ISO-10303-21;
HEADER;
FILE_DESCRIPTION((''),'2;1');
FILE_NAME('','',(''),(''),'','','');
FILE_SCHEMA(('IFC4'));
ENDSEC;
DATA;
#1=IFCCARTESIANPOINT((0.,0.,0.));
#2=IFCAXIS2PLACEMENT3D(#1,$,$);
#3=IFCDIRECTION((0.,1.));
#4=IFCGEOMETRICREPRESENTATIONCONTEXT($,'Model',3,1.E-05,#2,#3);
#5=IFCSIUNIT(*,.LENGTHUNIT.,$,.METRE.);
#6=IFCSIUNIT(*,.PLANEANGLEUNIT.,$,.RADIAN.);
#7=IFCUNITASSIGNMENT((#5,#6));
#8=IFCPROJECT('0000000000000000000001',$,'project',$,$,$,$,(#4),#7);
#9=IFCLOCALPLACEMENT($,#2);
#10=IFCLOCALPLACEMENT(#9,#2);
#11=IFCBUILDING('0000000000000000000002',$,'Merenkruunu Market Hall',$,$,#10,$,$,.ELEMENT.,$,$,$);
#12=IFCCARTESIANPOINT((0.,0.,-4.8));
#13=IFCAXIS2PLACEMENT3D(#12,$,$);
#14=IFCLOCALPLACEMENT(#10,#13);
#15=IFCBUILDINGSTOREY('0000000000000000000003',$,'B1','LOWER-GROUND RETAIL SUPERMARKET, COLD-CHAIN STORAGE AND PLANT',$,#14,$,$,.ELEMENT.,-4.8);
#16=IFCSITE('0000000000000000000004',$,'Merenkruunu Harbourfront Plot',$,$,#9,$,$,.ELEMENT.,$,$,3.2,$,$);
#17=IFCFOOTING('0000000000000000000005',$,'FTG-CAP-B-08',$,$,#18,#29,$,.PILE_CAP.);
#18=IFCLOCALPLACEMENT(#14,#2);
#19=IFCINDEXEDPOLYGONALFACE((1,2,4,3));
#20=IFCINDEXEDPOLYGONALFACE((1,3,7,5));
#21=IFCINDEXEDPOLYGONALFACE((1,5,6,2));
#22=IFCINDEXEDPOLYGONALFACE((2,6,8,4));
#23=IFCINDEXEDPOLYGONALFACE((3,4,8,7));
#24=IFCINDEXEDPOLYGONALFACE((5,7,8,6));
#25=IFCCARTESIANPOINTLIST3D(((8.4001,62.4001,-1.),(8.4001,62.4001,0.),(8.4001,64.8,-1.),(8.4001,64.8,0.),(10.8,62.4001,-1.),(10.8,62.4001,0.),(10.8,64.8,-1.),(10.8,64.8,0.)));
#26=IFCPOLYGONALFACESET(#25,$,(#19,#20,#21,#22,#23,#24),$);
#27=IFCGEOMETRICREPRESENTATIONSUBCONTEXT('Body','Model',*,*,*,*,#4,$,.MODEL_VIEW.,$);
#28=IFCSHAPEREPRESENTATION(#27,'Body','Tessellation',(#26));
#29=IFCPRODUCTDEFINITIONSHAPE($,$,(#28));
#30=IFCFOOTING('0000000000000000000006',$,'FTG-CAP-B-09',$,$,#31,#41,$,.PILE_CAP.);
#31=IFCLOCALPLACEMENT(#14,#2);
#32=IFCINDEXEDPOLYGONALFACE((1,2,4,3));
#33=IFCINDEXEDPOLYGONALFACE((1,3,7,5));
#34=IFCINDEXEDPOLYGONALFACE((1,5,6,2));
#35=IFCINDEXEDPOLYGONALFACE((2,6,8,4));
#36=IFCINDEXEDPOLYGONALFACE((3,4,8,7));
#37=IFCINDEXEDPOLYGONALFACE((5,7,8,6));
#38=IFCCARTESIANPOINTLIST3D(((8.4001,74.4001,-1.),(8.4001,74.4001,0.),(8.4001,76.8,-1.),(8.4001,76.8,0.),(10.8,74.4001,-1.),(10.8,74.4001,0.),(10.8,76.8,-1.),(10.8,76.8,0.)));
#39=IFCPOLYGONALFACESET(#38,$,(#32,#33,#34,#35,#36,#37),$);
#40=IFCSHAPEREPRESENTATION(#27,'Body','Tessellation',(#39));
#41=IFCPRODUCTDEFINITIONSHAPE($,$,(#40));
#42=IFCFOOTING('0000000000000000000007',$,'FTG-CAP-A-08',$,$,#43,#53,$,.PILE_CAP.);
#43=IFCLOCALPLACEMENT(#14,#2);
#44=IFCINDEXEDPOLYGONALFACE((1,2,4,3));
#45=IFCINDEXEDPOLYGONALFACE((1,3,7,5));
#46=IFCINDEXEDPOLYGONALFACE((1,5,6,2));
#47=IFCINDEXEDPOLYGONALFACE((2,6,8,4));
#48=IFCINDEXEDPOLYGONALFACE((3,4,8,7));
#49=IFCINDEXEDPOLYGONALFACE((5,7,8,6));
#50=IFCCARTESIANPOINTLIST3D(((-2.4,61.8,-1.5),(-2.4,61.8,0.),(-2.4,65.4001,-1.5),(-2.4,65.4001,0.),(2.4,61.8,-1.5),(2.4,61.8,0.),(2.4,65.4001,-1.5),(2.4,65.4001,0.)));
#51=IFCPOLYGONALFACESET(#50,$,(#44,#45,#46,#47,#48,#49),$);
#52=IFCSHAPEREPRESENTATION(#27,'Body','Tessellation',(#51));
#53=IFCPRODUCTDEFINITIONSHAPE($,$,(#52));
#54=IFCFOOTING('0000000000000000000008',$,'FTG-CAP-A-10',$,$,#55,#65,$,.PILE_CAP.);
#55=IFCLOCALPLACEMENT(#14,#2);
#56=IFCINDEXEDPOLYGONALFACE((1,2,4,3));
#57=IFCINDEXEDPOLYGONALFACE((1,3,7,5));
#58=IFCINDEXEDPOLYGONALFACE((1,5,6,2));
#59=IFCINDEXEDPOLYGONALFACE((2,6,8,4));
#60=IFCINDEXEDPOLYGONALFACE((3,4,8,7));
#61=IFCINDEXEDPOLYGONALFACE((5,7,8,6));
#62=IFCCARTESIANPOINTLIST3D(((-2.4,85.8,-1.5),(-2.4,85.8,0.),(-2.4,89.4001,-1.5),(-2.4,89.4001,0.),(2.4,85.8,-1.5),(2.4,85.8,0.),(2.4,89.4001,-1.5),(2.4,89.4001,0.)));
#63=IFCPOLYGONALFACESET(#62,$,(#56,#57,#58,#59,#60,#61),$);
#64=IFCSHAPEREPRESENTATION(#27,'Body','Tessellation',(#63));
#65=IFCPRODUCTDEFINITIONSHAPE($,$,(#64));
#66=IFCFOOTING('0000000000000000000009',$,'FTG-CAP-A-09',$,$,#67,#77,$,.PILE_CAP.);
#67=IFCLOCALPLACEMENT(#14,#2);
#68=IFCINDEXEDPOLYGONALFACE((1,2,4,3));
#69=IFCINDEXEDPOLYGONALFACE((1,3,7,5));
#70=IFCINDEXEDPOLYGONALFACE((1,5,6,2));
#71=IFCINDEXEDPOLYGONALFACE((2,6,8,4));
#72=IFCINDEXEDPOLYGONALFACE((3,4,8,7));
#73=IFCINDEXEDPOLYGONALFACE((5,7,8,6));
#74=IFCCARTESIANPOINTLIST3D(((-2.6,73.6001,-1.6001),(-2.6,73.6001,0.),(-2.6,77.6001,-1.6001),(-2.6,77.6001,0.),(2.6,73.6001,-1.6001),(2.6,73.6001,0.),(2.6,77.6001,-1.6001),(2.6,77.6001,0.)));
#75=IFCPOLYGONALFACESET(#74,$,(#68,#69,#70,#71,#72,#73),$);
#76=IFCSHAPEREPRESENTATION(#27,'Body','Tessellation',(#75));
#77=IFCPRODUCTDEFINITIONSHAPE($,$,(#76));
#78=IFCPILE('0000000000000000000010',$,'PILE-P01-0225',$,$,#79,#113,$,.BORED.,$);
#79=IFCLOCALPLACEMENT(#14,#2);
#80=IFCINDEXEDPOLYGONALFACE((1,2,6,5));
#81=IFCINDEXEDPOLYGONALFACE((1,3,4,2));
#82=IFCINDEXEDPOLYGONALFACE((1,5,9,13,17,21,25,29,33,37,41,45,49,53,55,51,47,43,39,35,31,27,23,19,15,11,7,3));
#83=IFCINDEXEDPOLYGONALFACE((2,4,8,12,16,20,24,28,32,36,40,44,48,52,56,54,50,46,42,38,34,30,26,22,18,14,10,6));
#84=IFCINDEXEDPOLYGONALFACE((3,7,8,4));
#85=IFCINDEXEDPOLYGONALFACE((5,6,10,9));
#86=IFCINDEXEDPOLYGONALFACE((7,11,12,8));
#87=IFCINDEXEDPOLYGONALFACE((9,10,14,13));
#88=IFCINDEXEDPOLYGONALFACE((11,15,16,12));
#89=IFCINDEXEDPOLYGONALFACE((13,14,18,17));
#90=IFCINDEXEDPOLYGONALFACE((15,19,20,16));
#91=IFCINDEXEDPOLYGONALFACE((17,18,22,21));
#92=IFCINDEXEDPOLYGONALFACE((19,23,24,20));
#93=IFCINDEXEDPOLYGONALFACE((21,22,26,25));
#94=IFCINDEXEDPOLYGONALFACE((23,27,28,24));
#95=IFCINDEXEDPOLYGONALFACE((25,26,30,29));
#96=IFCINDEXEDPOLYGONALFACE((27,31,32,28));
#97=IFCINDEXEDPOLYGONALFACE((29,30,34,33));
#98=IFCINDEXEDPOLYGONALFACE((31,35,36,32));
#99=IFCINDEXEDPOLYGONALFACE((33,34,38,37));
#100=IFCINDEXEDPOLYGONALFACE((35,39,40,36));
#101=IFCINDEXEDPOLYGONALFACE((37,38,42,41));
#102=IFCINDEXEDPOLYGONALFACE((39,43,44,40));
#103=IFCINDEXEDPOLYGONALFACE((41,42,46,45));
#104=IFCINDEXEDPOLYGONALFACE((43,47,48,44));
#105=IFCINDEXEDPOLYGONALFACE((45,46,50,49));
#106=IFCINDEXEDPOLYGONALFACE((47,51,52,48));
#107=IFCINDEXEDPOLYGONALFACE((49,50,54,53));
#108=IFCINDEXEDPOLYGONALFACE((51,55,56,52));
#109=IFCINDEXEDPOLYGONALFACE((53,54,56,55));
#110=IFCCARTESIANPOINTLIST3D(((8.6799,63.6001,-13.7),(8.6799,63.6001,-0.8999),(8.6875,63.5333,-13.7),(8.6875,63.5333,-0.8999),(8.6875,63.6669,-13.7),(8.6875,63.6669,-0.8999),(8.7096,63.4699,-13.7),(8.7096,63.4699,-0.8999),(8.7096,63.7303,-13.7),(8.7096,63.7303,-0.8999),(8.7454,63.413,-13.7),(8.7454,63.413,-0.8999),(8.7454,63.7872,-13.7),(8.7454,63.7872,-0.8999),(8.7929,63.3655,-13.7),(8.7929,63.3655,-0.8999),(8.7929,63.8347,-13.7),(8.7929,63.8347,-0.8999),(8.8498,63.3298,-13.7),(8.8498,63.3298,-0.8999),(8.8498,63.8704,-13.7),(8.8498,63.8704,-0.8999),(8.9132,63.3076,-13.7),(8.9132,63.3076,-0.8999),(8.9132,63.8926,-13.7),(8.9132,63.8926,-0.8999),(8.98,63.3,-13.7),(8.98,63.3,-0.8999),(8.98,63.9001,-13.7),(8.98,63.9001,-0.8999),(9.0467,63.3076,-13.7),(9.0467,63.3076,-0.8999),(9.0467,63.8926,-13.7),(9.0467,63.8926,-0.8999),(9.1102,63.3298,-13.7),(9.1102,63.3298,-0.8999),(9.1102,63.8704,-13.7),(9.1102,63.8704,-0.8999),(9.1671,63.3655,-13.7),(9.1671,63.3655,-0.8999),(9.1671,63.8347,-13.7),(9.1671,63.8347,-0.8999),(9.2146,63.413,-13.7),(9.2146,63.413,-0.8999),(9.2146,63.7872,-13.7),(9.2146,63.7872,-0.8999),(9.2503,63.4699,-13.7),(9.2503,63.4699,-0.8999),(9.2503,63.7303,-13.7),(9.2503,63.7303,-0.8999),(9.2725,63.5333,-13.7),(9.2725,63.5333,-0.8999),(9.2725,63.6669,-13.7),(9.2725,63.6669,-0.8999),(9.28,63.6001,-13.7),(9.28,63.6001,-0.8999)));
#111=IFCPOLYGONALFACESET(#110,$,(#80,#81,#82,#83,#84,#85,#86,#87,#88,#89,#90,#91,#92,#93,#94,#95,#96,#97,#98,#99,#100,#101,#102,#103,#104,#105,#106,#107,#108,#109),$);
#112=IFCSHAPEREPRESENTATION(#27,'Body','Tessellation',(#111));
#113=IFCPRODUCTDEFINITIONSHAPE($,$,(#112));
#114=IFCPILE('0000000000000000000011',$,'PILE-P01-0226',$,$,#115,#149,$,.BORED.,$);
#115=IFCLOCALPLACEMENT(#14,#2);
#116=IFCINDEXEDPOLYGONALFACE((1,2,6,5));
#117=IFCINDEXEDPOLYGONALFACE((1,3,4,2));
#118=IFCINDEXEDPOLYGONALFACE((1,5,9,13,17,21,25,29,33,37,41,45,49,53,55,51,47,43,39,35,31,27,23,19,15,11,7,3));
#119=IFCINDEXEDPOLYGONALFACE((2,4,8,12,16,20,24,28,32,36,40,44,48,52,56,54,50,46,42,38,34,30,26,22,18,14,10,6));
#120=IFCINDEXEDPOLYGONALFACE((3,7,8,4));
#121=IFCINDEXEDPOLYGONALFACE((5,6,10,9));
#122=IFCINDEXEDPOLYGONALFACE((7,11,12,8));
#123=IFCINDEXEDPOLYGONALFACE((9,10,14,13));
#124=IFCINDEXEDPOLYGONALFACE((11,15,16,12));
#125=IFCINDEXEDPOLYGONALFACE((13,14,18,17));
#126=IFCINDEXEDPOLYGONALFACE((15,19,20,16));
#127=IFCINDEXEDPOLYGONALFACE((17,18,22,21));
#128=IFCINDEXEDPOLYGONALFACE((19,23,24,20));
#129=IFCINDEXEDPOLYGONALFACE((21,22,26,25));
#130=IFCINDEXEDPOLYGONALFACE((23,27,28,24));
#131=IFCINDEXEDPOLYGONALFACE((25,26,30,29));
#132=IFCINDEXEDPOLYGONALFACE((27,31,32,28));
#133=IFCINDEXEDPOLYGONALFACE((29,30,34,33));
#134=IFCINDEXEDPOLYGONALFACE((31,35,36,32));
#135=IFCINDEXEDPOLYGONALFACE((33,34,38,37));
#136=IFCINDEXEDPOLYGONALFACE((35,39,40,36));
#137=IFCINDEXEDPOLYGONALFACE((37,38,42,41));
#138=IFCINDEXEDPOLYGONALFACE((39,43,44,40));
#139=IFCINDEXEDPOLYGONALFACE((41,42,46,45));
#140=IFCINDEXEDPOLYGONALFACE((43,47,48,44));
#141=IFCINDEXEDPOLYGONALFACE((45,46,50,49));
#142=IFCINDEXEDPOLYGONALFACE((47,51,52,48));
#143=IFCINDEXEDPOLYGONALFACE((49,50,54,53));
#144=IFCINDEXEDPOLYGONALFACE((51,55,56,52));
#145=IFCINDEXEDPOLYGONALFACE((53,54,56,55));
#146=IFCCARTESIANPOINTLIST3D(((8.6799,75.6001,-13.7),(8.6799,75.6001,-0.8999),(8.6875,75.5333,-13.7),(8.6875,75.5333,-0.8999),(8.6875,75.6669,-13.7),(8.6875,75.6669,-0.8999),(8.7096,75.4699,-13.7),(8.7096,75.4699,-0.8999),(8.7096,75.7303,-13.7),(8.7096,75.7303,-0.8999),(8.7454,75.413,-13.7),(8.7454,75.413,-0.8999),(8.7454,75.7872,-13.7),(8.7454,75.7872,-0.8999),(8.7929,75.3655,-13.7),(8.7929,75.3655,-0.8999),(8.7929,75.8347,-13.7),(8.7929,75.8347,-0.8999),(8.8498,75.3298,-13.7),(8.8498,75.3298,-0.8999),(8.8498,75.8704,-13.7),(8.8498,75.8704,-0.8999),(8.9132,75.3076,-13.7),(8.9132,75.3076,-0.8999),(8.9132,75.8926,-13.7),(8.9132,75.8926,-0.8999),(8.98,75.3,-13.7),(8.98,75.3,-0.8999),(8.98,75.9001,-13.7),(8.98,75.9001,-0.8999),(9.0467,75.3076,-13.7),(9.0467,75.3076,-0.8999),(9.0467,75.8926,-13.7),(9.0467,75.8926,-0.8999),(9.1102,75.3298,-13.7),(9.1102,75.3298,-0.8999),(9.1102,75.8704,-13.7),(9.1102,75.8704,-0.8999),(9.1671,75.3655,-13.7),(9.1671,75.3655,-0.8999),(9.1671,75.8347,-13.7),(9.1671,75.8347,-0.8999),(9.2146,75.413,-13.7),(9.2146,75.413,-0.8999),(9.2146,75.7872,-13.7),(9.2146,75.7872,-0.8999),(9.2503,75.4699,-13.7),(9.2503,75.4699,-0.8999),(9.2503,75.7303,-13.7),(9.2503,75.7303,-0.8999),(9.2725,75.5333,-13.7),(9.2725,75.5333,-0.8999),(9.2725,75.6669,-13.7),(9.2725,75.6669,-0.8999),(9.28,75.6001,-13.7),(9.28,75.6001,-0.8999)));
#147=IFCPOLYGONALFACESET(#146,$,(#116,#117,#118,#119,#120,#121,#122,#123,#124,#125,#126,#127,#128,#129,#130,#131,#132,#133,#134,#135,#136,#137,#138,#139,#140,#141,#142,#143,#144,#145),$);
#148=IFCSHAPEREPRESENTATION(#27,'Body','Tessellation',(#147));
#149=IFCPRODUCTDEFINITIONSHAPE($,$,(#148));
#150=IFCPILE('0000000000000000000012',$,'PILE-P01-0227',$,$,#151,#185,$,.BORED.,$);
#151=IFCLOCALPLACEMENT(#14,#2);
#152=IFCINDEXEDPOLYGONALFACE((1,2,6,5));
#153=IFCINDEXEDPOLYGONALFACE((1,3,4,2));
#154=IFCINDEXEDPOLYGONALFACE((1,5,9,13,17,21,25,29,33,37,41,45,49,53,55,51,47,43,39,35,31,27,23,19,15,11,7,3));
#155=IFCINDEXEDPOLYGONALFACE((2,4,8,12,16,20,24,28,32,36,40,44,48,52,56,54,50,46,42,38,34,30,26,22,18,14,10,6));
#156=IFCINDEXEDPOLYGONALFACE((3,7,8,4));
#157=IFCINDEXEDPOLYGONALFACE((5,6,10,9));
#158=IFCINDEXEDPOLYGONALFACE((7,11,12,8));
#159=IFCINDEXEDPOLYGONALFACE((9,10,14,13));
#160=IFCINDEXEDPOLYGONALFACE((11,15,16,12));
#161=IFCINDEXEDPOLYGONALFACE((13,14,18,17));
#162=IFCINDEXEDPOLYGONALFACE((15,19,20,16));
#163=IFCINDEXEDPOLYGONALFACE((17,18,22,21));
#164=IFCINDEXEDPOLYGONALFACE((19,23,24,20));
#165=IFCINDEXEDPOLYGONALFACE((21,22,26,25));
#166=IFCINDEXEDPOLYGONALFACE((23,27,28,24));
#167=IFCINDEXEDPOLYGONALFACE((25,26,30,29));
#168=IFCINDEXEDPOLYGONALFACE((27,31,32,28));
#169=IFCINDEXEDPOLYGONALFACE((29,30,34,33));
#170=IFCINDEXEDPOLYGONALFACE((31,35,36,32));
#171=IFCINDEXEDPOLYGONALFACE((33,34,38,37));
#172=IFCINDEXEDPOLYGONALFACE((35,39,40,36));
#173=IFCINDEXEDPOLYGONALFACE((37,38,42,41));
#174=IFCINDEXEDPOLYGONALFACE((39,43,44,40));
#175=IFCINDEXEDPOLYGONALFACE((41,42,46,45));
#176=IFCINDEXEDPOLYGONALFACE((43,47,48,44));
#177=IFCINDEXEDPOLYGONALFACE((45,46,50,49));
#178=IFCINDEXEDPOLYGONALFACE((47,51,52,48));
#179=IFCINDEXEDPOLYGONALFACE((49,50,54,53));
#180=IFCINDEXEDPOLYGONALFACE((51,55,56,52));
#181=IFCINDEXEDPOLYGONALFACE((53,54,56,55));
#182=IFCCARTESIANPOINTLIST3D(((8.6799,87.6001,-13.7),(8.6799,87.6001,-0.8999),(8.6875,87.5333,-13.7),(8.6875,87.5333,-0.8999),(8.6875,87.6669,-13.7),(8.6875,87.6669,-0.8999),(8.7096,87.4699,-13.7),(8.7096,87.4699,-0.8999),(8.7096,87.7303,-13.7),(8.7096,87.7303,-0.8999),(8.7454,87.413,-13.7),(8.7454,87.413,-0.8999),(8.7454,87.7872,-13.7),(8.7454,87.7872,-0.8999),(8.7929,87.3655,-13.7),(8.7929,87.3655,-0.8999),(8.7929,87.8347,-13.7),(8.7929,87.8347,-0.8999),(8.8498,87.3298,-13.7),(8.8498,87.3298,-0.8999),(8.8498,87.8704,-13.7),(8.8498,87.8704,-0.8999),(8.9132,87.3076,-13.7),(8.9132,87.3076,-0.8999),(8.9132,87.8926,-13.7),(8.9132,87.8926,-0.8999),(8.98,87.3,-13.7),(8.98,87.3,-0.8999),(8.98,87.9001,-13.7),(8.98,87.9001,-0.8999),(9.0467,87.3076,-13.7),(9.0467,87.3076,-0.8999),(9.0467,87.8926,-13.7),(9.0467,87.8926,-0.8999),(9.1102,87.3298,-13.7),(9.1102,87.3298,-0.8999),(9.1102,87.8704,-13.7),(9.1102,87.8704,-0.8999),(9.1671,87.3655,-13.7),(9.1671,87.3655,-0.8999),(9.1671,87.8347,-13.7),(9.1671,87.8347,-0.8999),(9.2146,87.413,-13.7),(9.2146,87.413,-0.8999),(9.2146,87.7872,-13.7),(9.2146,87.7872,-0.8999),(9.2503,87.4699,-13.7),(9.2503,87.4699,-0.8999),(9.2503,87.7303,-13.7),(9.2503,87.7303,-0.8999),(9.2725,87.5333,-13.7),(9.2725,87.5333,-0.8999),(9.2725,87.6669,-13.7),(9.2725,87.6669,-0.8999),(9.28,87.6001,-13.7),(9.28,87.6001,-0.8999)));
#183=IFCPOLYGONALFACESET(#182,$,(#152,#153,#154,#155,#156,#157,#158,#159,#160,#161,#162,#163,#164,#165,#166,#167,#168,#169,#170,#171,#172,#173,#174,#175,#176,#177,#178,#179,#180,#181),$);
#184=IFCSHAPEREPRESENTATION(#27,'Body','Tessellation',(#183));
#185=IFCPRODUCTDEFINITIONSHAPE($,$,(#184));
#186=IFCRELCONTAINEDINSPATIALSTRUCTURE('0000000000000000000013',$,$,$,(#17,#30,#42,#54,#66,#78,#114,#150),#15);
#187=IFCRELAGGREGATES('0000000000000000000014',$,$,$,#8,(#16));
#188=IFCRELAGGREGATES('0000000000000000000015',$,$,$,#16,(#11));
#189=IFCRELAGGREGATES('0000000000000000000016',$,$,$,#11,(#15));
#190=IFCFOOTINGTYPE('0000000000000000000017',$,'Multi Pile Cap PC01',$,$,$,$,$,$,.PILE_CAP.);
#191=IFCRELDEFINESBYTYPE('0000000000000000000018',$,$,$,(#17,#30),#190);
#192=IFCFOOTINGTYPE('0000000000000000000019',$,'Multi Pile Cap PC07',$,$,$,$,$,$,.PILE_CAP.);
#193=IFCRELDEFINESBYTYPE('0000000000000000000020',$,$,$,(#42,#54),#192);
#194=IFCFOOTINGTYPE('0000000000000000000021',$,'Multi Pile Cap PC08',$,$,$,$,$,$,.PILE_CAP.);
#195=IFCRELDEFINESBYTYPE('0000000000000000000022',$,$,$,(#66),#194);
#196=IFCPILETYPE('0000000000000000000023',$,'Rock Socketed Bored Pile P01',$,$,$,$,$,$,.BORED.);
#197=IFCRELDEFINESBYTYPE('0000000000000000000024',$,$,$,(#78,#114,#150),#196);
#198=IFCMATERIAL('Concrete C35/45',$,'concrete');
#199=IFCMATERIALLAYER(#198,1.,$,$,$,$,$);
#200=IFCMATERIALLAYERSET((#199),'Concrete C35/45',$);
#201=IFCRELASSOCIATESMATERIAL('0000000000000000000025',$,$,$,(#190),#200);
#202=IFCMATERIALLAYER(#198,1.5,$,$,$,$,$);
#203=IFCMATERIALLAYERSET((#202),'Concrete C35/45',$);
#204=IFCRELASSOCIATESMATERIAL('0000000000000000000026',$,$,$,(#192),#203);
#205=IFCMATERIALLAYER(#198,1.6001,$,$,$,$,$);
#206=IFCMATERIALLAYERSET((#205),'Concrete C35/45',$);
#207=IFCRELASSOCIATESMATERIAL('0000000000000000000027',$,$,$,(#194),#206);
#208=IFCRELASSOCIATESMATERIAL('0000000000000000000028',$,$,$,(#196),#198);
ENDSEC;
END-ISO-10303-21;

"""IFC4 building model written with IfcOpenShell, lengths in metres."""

from ifc_helpers import new_model, si_unit, direction, frame, origin, origin_2d, place, context, subcontext, project, spatial, rectangle, circle, extrude, material, layer, layer_set, material_profile, profile_set, type_object, element, save


model = new_model("IFC4")

# Units and contexts
model_context = context("Model", 3, precision=1e-05, world=origin(), true_north=direction((0.0, 1.0)))
body_context = subcontext(model_context, "Body", "Model", "MODEL_VIEW")
ifc_project = project(units=[si_unit("LENGTHUNIT", "METRE"), si_unit("PLANEANGLEUNIT", "RADIAN")], contexts=[model_context])

# Site, building, storey
site_placement = place(None, origin())
site = spatial("IfcSite", under=ifc_project, at=site_placement, Name="Merenkruunu Harbourfront Plot", CompositionType="ELEMENT", RefElevation=3.2)
building_placement = place(site_placement, origin())
building = spatial("IfcBuilding", under=site, at=building_placement, Name="Merenkruunu Market Hall", CompositionType="ELEMENT")
storey_placement = place(building_placement, frame((0.0, 0.0, -4.8)))
storey = spatial("IfcBuildingStorey", under=building, at=storey_placement, Name="B1", Description="LOWER-GROUND RETAIL SUPERMARKET, COLD-CHAIN STORAGE AND PLANT", CompositionType="ELEMENT", Elevation=-4.8)

# Footings
ifc_material_1 = material(Name="Concrete C35/45", Category="concrete")
ifc_layer_1 = layer(ifc_material_1, 1.0)
ifc_layer_set_1 = layer_set([ifc_layer_1], Name="Concrete C35/45")
footing_type_1 = type_object("IfcFootingType", Name="Multi Pile Cap PC01", PredefinedType="PILE_CAP", material=ifc_layer_set_1)
for number, where, z_axis, x_axis, name in (
    (1, (9.6001, 63.6001, -1.0), (0.0, 0.0, 1.0), (1.0, 0.0, 0.0), "FTG-CAP-B-08"),
    (2, (9.6001, 75.6001, -1.0), (0.0, 0.0, 1.0), (1.0, 0.0, 0.0), "FTG-CAP-B-09"),
):
    element("IfcFooting", number, at=place(storey_placement, frame(where, z_axis=z_axis, x_axis=x_axis)), inside=storey, type_object=footing_type_1, Name=name, PredefinedType="PILE_CAP", context=body_context, shape_type="SweptSolid", body=[
        extrude(rectangle(XDim=2.3999, YDim=2.3999, at=origin_2d()), origin(), (0.0, 0.0, 1.0), 1.0),
    ])
ifc_layer_2 = layer(ifc_material_1, 1.5)
ifc_layer_set_2 = layer_set([ifc_layer_2], Name="Concrete C35/45")
footing_type_2 = type_object("IfcFootingType", Name="Multi Pile Cap PC07", PredefinedType="PILE_CAP", material=ifc_layer_set_2)
for number, where, z_axis, x_axis, name in (
    (3, (0.0, 63.6001, -1.5), (0.0, 0.0, 1.0), (1.0, 0.0, 0.0), "FTG-CAP-A-08"),
    (4, (0.0, 87.6001, -1.5), (0.0, 0.0, 1.0), (1.0, 0.0, 0.0), "FTG-CAP-A-10"),
):
    element("IfcFooting", number, at=place(storey_placement, frame(where, z_axis=z_axis, x_axis=x_axis)), inside=storey, type_object=footing_type_2, Name=name, PredefinedType="PILE_CAP", context=body_context, shape_type="SweptSolid", body=[
        extrude(rectangle(XDim=4.8, YDim=3.6001, at=origin_2d()), origin(), (0.0, 0.0, 1.0), 1.5),
    ])
ifc_layer_3 = layer(ifc_material_1, 1.6001)
ifc_layer_set_3 = layer_set([ifc_layer_3], Name="Concrete C35/45")
footing_type_3 = type_object("IfcFootingType", Name="Multi Pile Cap PC08", PredefinedType="PILE_CAP", material=ifc_layer_set_3)
footing_1_placement = place(storey_placement, frame((0.0, 75.6001, -1.6001), z_axis=(0.0, 0.0, 1.0), x_axis=(1.0, 0.0, 0.0)))
element("IfcFooting", 5, at=footing_1_placement, inside=storey, type_object=footing_type_3, Name="FTG-CAP-A-09", PredefinedType="PILE_CAP", context=body_context, shape_type="SweptSolid", body=[
    extrude(rectangle(XDim=5.2, YDim=4.0, at=origin_2d()), origin(), (0.0, 0.0, 1.0), 1.6001),
])

# Piles
ifc_material_profile_1 = material_profile(ifc_material_1, circle(Radius=0.3, at=origin_2d()), Name="BORED PILE 600")
ifc_profile_set_1 = profile_set([ifc_material_profile_1], Name="Concrete C35/45")
pile_type_1 = type_object("IfcPileType", Name="Rock Socketed Bored Pile P01", PredefinedType="BORED", material=ifc_profile_set_1)
for number, where, z_axis, x_axis, name in (
    (6, (8.98, 63.6001, -0.8999), (0.0, 0.0, -1.0), (1.0, 0.0, 0.0), "PILE-P01-0225"),
    (7, (8.98, 75.6001, -0.8999), (0.0, 0.0, -1.0), (1.0, 0.0, 0.0), "PILE-P01-0226"),
    (8, (8.98, 87.6001, -0.8999), (0.0, 0.0, -1.0), (1.0, 0.0, 0.0), "PILE-P01-0227"),
):
    element("IfcPile", number, at=place(storey_placement, frame(where, z_axis=z_axis, x_axis=x_axis)), inside=storey, type_object=pile_type_1, Name=name, PredefinedType="BORED", context=body_context, shape_type="SweptSolid", body=[
        extrude(circle(Radius=0.3, at=origin_2d()), origin(), (0.0, 0.0, 1.0), 12.8),
    ])

save(model, "model.ifc")
